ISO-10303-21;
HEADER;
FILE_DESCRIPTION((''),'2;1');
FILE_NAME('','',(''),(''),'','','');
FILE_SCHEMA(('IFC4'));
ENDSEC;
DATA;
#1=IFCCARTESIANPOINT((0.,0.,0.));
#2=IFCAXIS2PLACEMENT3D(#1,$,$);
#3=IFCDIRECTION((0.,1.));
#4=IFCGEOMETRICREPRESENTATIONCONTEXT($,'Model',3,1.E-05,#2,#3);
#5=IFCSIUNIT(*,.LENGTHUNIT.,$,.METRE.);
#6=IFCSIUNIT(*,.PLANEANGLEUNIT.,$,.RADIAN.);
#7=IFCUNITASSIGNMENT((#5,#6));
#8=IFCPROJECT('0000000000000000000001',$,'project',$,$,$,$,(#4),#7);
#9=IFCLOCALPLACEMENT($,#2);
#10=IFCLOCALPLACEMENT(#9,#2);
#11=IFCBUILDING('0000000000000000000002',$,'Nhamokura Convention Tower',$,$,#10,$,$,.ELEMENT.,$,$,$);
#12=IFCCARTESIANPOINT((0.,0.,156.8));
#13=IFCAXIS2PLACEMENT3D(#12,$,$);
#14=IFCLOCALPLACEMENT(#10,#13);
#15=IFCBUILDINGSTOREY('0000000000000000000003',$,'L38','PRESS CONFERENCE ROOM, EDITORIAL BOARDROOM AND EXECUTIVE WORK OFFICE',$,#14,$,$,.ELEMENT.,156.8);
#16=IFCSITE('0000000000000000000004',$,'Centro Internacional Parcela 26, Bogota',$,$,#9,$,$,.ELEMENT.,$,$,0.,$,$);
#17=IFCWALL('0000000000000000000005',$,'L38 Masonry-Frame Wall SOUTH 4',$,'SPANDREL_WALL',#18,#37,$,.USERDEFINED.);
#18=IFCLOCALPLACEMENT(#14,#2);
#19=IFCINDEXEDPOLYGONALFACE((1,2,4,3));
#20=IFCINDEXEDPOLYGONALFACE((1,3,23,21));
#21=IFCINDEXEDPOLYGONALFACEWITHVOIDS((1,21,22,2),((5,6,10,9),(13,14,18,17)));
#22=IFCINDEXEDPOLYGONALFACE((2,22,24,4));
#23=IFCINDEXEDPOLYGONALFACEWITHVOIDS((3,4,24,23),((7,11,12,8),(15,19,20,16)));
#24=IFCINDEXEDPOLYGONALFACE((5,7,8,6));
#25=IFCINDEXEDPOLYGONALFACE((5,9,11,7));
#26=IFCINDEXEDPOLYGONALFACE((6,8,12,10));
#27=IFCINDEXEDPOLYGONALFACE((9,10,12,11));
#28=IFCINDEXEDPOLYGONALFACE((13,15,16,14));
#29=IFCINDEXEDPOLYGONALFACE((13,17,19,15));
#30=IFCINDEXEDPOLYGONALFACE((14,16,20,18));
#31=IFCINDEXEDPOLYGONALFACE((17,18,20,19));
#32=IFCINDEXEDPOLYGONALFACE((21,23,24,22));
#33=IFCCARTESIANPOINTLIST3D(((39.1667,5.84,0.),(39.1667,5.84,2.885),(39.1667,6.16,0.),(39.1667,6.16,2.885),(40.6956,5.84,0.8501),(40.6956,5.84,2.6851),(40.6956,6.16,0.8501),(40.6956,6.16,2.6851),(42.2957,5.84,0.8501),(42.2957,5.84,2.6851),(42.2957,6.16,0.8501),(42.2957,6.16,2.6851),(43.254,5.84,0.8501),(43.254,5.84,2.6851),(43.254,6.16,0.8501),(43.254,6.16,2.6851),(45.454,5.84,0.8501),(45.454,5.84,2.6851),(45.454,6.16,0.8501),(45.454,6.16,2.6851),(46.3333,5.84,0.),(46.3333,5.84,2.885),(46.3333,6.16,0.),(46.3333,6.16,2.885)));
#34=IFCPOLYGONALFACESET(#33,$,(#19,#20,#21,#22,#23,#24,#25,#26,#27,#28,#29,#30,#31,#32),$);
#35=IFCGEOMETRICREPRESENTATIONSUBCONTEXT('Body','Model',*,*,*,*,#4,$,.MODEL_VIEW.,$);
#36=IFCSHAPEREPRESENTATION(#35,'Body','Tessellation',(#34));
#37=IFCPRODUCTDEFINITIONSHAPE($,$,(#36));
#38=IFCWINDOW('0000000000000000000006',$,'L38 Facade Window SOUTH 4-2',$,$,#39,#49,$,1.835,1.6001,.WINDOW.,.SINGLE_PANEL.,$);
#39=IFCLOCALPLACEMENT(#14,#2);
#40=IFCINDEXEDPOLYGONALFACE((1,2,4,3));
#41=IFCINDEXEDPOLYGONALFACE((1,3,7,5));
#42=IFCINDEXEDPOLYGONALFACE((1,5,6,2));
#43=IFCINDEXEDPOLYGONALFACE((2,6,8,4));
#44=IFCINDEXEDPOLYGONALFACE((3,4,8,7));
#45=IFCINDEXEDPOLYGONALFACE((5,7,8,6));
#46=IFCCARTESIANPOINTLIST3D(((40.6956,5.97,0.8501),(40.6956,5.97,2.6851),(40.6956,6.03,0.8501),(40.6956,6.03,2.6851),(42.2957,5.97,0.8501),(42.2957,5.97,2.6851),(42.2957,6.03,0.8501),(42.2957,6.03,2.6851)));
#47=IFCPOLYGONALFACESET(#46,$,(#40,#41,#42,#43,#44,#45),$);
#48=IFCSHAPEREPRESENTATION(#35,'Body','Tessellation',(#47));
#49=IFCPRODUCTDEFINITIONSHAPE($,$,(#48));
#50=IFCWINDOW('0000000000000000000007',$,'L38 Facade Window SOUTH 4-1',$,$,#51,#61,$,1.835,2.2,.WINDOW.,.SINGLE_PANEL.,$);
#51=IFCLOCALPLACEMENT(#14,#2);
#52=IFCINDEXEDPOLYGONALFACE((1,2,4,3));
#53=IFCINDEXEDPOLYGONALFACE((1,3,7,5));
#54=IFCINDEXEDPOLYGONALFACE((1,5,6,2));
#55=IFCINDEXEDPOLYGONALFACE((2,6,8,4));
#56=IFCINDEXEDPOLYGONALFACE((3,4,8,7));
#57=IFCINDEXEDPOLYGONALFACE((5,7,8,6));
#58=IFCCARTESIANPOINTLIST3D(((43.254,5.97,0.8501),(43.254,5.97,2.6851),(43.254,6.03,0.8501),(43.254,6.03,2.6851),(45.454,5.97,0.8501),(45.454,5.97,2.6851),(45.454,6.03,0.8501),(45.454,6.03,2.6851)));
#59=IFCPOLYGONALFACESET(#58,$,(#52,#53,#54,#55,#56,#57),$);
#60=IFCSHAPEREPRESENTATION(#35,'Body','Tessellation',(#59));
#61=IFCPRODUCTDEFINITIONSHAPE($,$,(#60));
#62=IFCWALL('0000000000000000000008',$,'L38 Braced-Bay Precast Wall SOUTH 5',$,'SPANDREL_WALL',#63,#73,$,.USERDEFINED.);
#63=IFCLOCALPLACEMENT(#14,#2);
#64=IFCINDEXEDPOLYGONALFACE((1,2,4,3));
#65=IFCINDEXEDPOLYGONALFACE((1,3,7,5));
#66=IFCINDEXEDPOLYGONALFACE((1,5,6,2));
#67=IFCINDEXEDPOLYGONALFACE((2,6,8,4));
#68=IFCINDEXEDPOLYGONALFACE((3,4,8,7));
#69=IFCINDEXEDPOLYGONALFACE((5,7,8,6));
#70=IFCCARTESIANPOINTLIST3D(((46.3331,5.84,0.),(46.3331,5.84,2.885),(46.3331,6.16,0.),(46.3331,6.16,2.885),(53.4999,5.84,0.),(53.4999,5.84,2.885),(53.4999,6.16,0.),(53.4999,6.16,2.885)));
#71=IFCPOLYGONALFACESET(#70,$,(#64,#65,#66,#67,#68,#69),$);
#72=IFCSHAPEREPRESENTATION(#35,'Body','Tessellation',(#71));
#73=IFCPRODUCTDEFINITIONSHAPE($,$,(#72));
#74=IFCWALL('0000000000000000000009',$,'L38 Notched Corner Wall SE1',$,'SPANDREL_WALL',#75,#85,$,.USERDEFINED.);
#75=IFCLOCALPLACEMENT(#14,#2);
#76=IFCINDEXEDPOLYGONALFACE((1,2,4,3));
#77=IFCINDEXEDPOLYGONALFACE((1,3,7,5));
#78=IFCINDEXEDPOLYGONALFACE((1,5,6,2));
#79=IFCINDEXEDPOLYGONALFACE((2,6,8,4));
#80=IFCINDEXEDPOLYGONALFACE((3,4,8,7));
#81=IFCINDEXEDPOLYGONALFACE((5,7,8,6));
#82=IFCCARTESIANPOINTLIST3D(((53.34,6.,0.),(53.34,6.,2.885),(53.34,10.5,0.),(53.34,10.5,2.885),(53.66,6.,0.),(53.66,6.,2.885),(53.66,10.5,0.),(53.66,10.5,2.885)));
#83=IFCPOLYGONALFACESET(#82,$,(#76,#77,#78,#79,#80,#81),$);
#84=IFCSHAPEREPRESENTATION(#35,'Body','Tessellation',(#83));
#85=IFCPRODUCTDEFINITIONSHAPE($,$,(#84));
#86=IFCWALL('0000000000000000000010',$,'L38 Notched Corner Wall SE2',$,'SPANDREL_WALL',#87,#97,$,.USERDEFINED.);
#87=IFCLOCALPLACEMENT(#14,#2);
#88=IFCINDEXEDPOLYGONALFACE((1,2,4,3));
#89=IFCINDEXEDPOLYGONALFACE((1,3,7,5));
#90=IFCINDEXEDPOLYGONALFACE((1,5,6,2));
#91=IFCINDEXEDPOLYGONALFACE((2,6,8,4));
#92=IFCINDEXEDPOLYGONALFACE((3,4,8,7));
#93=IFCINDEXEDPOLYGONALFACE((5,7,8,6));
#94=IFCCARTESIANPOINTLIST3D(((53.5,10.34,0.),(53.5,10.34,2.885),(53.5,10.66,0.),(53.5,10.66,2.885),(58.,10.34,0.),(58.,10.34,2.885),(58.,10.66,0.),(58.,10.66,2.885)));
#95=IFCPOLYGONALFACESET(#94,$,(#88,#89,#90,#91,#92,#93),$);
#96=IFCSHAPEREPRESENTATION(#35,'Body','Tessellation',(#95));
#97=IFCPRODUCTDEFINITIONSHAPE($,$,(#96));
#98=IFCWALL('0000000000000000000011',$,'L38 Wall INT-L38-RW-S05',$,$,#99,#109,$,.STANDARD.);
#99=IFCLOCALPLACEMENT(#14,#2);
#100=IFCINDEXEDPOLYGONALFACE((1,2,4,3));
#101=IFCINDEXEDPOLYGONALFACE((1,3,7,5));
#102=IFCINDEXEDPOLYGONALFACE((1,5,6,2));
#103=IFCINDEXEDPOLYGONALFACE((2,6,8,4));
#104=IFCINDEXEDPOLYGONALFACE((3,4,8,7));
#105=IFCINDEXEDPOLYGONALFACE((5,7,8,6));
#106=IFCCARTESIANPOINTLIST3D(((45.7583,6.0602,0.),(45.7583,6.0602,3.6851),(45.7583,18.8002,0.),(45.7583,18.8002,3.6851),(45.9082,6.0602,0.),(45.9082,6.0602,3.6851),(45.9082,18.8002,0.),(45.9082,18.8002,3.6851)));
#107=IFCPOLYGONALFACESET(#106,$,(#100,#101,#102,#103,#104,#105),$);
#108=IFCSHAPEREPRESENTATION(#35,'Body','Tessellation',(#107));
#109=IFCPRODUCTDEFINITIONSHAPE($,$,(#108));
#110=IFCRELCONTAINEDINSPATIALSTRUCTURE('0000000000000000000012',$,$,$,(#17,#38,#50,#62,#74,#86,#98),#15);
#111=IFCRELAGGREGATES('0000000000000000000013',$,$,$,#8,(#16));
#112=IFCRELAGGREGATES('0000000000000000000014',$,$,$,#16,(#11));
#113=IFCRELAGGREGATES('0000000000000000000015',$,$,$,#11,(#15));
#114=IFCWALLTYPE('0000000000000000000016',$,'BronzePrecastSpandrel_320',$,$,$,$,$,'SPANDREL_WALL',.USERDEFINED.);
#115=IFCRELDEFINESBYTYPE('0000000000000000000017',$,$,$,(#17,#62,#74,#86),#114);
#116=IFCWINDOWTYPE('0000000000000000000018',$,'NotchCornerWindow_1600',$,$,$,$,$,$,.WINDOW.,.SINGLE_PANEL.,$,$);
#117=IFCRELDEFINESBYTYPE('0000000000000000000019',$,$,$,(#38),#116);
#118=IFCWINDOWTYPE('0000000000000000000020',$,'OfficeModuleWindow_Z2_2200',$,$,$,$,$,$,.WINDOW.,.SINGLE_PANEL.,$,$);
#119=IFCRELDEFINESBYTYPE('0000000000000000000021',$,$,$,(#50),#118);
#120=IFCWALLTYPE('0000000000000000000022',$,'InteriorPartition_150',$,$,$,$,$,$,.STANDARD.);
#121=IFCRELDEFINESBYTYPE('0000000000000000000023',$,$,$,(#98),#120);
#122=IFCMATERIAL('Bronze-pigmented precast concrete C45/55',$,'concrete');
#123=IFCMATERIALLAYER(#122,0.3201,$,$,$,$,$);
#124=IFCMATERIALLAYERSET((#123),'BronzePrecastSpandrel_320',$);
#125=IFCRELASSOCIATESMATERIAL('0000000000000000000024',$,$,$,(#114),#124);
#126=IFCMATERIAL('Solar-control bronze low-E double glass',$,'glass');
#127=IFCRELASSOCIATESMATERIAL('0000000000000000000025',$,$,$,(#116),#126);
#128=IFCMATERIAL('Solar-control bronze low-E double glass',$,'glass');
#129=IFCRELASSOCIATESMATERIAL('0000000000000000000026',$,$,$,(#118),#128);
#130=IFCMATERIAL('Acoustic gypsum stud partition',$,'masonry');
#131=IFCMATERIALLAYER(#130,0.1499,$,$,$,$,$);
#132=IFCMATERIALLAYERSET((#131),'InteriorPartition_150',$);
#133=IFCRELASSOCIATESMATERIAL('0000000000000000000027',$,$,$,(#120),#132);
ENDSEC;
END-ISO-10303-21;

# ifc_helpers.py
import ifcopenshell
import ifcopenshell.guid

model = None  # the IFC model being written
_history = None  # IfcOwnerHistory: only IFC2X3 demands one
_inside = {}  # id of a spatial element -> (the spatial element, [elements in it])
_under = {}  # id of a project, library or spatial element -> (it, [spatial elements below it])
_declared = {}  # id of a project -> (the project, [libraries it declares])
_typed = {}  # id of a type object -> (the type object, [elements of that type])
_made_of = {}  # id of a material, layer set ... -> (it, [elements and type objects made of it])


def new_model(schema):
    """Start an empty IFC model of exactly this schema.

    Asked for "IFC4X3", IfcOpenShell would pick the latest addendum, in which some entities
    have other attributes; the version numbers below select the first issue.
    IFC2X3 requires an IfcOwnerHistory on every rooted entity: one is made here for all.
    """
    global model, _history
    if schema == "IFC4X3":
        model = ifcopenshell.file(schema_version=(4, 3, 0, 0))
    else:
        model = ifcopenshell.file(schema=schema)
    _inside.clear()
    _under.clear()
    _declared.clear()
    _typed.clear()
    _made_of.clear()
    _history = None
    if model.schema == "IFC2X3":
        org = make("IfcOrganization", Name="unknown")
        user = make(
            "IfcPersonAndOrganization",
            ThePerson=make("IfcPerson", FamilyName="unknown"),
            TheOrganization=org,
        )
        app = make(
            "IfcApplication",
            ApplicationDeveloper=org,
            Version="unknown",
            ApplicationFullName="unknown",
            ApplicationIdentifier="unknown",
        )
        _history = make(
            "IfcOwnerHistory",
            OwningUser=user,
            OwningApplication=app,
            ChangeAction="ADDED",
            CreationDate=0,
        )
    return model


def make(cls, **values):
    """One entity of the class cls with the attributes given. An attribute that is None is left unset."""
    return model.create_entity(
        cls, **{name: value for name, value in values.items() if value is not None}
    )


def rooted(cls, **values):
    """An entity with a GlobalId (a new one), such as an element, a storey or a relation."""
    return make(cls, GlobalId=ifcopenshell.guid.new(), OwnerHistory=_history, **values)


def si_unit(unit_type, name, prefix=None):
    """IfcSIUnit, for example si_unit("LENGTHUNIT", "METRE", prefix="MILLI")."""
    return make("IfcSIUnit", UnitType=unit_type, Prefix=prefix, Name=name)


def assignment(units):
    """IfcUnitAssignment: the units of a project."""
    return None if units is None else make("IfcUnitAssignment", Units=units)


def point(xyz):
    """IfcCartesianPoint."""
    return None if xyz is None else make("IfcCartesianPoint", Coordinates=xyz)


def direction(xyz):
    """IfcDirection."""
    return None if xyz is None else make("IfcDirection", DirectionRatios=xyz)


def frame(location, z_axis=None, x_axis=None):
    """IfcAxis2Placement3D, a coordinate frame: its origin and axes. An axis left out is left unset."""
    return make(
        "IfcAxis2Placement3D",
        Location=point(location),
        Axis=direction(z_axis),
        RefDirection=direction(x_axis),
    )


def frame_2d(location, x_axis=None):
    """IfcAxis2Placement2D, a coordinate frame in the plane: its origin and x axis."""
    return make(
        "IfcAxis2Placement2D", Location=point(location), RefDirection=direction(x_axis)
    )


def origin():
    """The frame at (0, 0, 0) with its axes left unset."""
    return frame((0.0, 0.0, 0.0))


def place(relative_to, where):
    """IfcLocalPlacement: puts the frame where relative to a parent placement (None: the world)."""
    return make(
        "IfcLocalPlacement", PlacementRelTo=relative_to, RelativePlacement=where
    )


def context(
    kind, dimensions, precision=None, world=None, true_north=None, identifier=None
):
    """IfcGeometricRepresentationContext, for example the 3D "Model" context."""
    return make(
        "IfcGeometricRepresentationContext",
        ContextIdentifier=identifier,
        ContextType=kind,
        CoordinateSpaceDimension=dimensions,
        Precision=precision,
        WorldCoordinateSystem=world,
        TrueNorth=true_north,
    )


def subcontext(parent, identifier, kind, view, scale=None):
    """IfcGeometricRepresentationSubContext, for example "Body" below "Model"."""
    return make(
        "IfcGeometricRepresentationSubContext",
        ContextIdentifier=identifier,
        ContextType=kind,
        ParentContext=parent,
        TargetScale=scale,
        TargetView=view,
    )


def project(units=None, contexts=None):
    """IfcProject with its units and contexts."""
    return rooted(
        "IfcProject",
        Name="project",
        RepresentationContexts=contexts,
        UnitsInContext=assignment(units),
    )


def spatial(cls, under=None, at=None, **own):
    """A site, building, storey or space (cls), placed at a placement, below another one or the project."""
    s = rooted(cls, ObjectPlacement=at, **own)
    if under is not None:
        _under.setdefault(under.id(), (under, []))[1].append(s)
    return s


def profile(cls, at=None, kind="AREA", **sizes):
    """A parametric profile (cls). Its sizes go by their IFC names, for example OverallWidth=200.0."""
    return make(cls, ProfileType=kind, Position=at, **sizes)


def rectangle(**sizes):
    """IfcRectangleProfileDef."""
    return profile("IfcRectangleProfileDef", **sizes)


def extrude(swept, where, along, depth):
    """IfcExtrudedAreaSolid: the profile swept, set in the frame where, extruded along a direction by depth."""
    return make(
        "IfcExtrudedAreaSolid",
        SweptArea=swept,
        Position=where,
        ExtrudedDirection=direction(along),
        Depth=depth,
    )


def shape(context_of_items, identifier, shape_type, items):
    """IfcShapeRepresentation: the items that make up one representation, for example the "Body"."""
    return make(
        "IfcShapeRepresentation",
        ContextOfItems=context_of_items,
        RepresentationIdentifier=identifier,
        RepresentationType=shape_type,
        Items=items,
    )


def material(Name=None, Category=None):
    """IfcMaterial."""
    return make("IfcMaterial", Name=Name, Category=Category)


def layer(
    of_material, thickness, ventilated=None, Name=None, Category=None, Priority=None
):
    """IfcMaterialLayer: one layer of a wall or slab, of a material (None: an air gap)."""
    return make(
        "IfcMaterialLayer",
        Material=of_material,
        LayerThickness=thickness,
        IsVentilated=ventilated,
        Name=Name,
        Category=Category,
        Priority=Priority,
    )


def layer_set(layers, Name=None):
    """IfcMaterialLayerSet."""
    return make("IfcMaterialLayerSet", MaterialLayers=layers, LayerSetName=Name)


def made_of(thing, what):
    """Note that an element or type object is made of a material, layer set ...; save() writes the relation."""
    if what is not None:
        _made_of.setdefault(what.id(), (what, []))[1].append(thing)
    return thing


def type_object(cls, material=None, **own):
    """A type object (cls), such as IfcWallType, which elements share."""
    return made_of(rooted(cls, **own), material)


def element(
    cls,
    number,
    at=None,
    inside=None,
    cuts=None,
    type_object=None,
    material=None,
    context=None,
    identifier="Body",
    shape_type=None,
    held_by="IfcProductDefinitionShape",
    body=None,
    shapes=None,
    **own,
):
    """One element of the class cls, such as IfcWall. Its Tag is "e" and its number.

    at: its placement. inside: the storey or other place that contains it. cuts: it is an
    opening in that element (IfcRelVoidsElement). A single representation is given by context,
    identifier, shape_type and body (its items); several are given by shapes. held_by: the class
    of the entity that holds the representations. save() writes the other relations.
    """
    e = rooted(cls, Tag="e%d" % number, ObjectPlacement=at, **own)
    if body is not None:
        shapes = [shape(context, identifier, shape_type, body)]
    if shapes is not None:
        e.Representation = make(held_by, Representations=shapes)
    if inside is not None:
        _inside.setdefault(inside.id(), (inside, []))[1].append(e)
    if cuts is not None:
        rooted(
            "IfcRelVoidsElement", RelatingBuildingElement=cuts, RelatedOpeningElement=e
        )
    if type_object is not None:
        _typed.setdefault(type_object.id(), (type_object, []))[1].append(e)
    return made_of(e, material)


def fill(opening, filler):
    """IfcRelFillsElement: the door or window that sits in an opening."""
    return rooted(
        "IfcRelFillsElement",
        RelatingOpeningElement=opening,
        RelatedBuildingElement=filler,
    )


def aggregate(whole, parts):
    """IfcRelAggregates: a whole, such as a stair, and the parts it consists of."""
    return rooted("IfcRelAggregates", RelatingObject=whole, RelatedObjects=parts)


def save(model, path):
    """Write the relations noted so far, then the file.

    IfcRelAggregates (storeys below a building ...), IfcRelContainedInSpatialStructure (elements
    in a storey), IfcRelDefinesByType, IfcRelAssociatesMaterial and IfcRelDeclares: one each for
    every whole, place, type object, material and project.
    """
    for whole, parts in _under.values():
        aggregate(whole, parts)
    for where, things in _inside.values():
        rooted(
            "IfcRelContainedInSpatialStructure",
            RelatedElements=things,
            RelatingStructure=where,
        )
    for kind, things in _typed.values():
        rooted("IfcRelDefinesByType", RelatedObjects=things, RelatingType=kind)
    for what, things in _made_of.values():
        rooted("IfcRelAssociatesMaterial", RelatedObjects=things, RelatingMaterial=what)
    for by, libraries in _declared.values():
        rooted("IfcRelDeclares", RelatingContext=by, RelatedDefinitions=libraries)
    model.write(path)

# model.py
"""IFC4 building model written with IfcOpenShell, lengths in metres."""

from ifc_helpers import new_model, si_unit, direction, frame, frame_2d, origin, place, context, subcontext, project, spatial, rectangle, extrude, material, layer, layer_set, type_object, element, fill, save


model = new_model("IFC4")

# Units and contexts
model_context = context("Model", 3, precision=1e-05, world=origin(), true_north=direction((0.0, 1.0)))
body_context = subcontext(model_context, "Body", "Model", "MODEL_VIEW")
ifc_project = project(units=[si_unit("LENGTHUNIT", "METRE"), si_unit("PLANEANGLEUNIT", "RADIAN")], contexts=[model_context])

# Site, building, storey
site_placement = place(None, origin())
site = spatial("IfcSite", under=ifc_project, at=site_placement, Name="Centro Internacional Parcela 26, Bogota", CompositionType="ELEMENT", RefElevation=0.0)
building_placement = place(site_placement, origin())
building = spatial("IfcBuilding", under=site, at=building_placement, Name="Nhamokura Convention Tower", CompositionType="ELEMENT")
storey_placement = place(building_placement, frame((0.0, 0.0, 156.8)))
storey = spatial("IfcBuildingStorey", under=building, at=storey_placement, Name="L38", Description="PRESS CONFERENCE ROOM, EDITORIAL BOARDROOM AND EXECUTIVE WORK OFFICE", CompositionType="ELEMENT", Elevation=156.8)

# Wall, openings, windows
ifc_material_1 = material(Name="Bronze-pigmented precast concrete C45/55", Category="concrete")
ifc_layer_1 = layer(ifc_material_1, 0.3201)
ifc_layer_set_1 = layer_set([ifc_layer_1], Name="BronzePrecastSpandrel_320")
wall_type_1 = type_object("IfcWallType", Name="BronzePrecastSpandrel_320", ElementType="SPANDREL_WALL", PredefinedType="USERDEFINED", material=ifc_layer_set_1)
wall_1_placement = place(storey_placement, frame((46.3333, 6.0, 0.0), z_axis=(0.0, 0.0, 1.0), x_axis=(-1.0, 0.0, 0.0)))
wall_1 = element("IfcWall", 1, at=wall_1_placement, inside=storey, type_object=wall_type_1, Name="L38 Masonry-Frame Wall SOUTH 4", ObjectType="SPANDREL_WALL", PredefinedType="USERDEFINED", context=body_context, shape_type="SweptSolid", body=[
    extrude(rectangle(XDim=7.1665, YDim=0.3201, at=frame_2d((3.5833, 0.0))), origin(), (0.0, 0.0, 1.0), 2.885),
])
opening_1_placement = place(wall_1_placement, frame((0.8792, 0.0, 0.8501)))
opening_1 = element("IfcOpeningElement", 2, at=opening_1_placement, cuts=wall_1, PredefinedType="OPENING", context=body_context, shape_type="SweptSolid", body=[
    extrude(rectangle(XDim=2.2, YDim=1.835, at=frame_2d((1.1001, 0.9175))), frame((0.0, 0.1699, 0.0), z_axis=(0.0, -1.0, 0.0), x_axis=(1.0, 0.0, 0.0)), (0.0, 0.0, 1.0), 0.3401),
])
opening_2_placement = place(wall_1_placement, frame((4.0376, 0.0, 0.8501)))
opening_2 = element("IfcOpeningElement", 3, at=opening_2_placement, cuts=wall_1, PredefinedType="OPENING", context=body_context, shape_type="SweptSolid", body=[
    extrude(rectangle(XDim=1.6001, YDim=1.835, at=frame_2d((0.8, 0.9175))), frame((0.0, 0.1699, 0.0), z_axis=(0.0, -1.0, 0.0), x_axis=(1.0, 0.0, 0.0)), (0.0, 0.0, 1.0), 0.3401),
])
ifc_material_2 = material(Name="Solar-control bronze low-E double glass", Category="glass")
window_type_1 = type_object("IfcWindowType", Name="NotchCornerWindow_1600", PartitioningType="SINGLE_PANEL", PredefinedType="WINDOW", material=ifc_material_2)
window_1_placement = place(opening_2_placement, origin())
window_1 = element("IfcWindow", 4, at=window_1_placement, inside=storey, type_object=window_type_1, Name="L38 Facade Window SOUTH 4-2", OverallHeight=1.835, OverallWidth=1.6001, PartitioningType="SINGLE_PANEL", PredefinedType="WINDOW", context=body_context, shape_type="SweptSolid", body=[
    extrude(rectangle(XDim=1.6001, YDim=1.835, at=frame_2d((0.8, 0.9175))), frame((0.0, 0.03, 0.0), z_axis=(0.0, -1.0, 0.0), x_axis=(1.0, 0.0, 0.0)), (0.0, 0.0, 1.0), 0.0601),
])
fill(opening_2, window_1)
ifc_material_3 = material(Name="Solar-control bronze low-E double glass", Category="glass")
window_type_2 = type_object("IfcWindowType", Name="OfficeModuleWindow_Z2_2200", PartitioningType="SINGLE_PANEL", PredefinedType="WINDOW", material=ifc_material_3)
window_2_placement = place(opening_1_placement, origin())
window_2 = element("IfcWindow", 5, at=window_2_placement, inside=storey, type_object=window_type_2, Name="L38 Facade Window SOUTH 4-1", OverallHeight=1.835, OverallWidth=2.2, PartitioningType="SINGLE_PANEL", PredefinedType="WINDOW", context=body_context, shape_type="SweptSolid", body=[
    extrude(rectangle(XDim=2.2, YDim=1.835, at=frame_2d((1.1001, 0.9175))), frame((0.0, 0.03, 0.0), z_axis=(0.0, -1.0, 0.0), x_axis=(1.0, 0.0, 0.0)), (0.0, 0.0, 1.0), 0.0601),
])
fill(opening_1, window_2)

# Walls
wall_2_placement = place(storey_placement, frame((53.5, 6.0, 0.0), z_axis=(0.0, 0.0, 1.0), x_axis=(-1.0, 0.0, 0.0)))
element("IfcWall", 6, at=wall_2_placement, inside=storey, type_object=wall_type_1, Name="L38 Braced-Bay Precast Wall SOUTH 5", ObjectType="SPANDREL_WALL", PredefinedType="USERDEFINED", context=body_context, shape_type="SweptSolid", body=[
    extrude(rectangle(XDim=7.1667, YDim=0.3201, at=frame_2d((3.5835, 0.0))), origin(), (0.0, 0.0, 1.0), 2.885),
])
for number, where, z_axis, x_axis, name in (
    (7, (53.5, 10.5, 0.0), (0.0, 0.0, 1.0), (0.0, -1.0, 0.0), "L38 Notched Corner Wall SE1"),
    (8, (58.0, 10.5, 0.0), (0.0, 0.0, 1.0), (-1.0, 0.0, 0.0), "L38 Notched Corner Wall SE2"),
):
    element("IfcWall", number, at=place(storey_placement, frame(where, z_axis=z_axis, x_axis=x_axis)), inside=storey, type_object=wall_type_1, Name=name, ObjectType="SPANDREL_WALL", PredefinedType="USERDEFINED", context=body_context, shape_type="SweptSolid", body=[
        extrude(rectangle(XDim=4.5, YDim=0.3201, at=frame_2d((2.25, 0.0))), origin(), (0.0, 0.0, 1.0), 2.885),
    ])
ifc_material_4 = material(Name="Acoustic gypsum stud partition", Category="masonry")
ifc_layer_2 = layer(ifc_material_4, 0.1499)
ifc_layer_set_2 = layer_set([ifc_layer_2], Name="InteriorPartition_150")
wall_type_2 = type_object("IfcWallType", Name="InteriorPartition_150", PredefinedType="STANDARD", material=ifc_layer_set_2)
wall_3_placement = place(storey_placement, frame((45.8333, 6.0601, 0.0), z_axis=(0.0, 0.0, 1.0), x_axis=(0.0, 1.0, 0.0)))
element("IfcWall", 9, at=wall_3_placement, inside=storey, type_object=wall_type_2, Name="L38 Wall INT-L38-RW-S05", PredefinedType="STANDARD", context=body_context, shape_type="SweptSolid", body=[
    extrude(rectangle(XDim=12.74, YDim=0.1499, at=frame_2d((6.3701, 0.0))), origin(), (0.0, 0.0, 1.0), 3.6851),
])

save(model, "model.ifc")
